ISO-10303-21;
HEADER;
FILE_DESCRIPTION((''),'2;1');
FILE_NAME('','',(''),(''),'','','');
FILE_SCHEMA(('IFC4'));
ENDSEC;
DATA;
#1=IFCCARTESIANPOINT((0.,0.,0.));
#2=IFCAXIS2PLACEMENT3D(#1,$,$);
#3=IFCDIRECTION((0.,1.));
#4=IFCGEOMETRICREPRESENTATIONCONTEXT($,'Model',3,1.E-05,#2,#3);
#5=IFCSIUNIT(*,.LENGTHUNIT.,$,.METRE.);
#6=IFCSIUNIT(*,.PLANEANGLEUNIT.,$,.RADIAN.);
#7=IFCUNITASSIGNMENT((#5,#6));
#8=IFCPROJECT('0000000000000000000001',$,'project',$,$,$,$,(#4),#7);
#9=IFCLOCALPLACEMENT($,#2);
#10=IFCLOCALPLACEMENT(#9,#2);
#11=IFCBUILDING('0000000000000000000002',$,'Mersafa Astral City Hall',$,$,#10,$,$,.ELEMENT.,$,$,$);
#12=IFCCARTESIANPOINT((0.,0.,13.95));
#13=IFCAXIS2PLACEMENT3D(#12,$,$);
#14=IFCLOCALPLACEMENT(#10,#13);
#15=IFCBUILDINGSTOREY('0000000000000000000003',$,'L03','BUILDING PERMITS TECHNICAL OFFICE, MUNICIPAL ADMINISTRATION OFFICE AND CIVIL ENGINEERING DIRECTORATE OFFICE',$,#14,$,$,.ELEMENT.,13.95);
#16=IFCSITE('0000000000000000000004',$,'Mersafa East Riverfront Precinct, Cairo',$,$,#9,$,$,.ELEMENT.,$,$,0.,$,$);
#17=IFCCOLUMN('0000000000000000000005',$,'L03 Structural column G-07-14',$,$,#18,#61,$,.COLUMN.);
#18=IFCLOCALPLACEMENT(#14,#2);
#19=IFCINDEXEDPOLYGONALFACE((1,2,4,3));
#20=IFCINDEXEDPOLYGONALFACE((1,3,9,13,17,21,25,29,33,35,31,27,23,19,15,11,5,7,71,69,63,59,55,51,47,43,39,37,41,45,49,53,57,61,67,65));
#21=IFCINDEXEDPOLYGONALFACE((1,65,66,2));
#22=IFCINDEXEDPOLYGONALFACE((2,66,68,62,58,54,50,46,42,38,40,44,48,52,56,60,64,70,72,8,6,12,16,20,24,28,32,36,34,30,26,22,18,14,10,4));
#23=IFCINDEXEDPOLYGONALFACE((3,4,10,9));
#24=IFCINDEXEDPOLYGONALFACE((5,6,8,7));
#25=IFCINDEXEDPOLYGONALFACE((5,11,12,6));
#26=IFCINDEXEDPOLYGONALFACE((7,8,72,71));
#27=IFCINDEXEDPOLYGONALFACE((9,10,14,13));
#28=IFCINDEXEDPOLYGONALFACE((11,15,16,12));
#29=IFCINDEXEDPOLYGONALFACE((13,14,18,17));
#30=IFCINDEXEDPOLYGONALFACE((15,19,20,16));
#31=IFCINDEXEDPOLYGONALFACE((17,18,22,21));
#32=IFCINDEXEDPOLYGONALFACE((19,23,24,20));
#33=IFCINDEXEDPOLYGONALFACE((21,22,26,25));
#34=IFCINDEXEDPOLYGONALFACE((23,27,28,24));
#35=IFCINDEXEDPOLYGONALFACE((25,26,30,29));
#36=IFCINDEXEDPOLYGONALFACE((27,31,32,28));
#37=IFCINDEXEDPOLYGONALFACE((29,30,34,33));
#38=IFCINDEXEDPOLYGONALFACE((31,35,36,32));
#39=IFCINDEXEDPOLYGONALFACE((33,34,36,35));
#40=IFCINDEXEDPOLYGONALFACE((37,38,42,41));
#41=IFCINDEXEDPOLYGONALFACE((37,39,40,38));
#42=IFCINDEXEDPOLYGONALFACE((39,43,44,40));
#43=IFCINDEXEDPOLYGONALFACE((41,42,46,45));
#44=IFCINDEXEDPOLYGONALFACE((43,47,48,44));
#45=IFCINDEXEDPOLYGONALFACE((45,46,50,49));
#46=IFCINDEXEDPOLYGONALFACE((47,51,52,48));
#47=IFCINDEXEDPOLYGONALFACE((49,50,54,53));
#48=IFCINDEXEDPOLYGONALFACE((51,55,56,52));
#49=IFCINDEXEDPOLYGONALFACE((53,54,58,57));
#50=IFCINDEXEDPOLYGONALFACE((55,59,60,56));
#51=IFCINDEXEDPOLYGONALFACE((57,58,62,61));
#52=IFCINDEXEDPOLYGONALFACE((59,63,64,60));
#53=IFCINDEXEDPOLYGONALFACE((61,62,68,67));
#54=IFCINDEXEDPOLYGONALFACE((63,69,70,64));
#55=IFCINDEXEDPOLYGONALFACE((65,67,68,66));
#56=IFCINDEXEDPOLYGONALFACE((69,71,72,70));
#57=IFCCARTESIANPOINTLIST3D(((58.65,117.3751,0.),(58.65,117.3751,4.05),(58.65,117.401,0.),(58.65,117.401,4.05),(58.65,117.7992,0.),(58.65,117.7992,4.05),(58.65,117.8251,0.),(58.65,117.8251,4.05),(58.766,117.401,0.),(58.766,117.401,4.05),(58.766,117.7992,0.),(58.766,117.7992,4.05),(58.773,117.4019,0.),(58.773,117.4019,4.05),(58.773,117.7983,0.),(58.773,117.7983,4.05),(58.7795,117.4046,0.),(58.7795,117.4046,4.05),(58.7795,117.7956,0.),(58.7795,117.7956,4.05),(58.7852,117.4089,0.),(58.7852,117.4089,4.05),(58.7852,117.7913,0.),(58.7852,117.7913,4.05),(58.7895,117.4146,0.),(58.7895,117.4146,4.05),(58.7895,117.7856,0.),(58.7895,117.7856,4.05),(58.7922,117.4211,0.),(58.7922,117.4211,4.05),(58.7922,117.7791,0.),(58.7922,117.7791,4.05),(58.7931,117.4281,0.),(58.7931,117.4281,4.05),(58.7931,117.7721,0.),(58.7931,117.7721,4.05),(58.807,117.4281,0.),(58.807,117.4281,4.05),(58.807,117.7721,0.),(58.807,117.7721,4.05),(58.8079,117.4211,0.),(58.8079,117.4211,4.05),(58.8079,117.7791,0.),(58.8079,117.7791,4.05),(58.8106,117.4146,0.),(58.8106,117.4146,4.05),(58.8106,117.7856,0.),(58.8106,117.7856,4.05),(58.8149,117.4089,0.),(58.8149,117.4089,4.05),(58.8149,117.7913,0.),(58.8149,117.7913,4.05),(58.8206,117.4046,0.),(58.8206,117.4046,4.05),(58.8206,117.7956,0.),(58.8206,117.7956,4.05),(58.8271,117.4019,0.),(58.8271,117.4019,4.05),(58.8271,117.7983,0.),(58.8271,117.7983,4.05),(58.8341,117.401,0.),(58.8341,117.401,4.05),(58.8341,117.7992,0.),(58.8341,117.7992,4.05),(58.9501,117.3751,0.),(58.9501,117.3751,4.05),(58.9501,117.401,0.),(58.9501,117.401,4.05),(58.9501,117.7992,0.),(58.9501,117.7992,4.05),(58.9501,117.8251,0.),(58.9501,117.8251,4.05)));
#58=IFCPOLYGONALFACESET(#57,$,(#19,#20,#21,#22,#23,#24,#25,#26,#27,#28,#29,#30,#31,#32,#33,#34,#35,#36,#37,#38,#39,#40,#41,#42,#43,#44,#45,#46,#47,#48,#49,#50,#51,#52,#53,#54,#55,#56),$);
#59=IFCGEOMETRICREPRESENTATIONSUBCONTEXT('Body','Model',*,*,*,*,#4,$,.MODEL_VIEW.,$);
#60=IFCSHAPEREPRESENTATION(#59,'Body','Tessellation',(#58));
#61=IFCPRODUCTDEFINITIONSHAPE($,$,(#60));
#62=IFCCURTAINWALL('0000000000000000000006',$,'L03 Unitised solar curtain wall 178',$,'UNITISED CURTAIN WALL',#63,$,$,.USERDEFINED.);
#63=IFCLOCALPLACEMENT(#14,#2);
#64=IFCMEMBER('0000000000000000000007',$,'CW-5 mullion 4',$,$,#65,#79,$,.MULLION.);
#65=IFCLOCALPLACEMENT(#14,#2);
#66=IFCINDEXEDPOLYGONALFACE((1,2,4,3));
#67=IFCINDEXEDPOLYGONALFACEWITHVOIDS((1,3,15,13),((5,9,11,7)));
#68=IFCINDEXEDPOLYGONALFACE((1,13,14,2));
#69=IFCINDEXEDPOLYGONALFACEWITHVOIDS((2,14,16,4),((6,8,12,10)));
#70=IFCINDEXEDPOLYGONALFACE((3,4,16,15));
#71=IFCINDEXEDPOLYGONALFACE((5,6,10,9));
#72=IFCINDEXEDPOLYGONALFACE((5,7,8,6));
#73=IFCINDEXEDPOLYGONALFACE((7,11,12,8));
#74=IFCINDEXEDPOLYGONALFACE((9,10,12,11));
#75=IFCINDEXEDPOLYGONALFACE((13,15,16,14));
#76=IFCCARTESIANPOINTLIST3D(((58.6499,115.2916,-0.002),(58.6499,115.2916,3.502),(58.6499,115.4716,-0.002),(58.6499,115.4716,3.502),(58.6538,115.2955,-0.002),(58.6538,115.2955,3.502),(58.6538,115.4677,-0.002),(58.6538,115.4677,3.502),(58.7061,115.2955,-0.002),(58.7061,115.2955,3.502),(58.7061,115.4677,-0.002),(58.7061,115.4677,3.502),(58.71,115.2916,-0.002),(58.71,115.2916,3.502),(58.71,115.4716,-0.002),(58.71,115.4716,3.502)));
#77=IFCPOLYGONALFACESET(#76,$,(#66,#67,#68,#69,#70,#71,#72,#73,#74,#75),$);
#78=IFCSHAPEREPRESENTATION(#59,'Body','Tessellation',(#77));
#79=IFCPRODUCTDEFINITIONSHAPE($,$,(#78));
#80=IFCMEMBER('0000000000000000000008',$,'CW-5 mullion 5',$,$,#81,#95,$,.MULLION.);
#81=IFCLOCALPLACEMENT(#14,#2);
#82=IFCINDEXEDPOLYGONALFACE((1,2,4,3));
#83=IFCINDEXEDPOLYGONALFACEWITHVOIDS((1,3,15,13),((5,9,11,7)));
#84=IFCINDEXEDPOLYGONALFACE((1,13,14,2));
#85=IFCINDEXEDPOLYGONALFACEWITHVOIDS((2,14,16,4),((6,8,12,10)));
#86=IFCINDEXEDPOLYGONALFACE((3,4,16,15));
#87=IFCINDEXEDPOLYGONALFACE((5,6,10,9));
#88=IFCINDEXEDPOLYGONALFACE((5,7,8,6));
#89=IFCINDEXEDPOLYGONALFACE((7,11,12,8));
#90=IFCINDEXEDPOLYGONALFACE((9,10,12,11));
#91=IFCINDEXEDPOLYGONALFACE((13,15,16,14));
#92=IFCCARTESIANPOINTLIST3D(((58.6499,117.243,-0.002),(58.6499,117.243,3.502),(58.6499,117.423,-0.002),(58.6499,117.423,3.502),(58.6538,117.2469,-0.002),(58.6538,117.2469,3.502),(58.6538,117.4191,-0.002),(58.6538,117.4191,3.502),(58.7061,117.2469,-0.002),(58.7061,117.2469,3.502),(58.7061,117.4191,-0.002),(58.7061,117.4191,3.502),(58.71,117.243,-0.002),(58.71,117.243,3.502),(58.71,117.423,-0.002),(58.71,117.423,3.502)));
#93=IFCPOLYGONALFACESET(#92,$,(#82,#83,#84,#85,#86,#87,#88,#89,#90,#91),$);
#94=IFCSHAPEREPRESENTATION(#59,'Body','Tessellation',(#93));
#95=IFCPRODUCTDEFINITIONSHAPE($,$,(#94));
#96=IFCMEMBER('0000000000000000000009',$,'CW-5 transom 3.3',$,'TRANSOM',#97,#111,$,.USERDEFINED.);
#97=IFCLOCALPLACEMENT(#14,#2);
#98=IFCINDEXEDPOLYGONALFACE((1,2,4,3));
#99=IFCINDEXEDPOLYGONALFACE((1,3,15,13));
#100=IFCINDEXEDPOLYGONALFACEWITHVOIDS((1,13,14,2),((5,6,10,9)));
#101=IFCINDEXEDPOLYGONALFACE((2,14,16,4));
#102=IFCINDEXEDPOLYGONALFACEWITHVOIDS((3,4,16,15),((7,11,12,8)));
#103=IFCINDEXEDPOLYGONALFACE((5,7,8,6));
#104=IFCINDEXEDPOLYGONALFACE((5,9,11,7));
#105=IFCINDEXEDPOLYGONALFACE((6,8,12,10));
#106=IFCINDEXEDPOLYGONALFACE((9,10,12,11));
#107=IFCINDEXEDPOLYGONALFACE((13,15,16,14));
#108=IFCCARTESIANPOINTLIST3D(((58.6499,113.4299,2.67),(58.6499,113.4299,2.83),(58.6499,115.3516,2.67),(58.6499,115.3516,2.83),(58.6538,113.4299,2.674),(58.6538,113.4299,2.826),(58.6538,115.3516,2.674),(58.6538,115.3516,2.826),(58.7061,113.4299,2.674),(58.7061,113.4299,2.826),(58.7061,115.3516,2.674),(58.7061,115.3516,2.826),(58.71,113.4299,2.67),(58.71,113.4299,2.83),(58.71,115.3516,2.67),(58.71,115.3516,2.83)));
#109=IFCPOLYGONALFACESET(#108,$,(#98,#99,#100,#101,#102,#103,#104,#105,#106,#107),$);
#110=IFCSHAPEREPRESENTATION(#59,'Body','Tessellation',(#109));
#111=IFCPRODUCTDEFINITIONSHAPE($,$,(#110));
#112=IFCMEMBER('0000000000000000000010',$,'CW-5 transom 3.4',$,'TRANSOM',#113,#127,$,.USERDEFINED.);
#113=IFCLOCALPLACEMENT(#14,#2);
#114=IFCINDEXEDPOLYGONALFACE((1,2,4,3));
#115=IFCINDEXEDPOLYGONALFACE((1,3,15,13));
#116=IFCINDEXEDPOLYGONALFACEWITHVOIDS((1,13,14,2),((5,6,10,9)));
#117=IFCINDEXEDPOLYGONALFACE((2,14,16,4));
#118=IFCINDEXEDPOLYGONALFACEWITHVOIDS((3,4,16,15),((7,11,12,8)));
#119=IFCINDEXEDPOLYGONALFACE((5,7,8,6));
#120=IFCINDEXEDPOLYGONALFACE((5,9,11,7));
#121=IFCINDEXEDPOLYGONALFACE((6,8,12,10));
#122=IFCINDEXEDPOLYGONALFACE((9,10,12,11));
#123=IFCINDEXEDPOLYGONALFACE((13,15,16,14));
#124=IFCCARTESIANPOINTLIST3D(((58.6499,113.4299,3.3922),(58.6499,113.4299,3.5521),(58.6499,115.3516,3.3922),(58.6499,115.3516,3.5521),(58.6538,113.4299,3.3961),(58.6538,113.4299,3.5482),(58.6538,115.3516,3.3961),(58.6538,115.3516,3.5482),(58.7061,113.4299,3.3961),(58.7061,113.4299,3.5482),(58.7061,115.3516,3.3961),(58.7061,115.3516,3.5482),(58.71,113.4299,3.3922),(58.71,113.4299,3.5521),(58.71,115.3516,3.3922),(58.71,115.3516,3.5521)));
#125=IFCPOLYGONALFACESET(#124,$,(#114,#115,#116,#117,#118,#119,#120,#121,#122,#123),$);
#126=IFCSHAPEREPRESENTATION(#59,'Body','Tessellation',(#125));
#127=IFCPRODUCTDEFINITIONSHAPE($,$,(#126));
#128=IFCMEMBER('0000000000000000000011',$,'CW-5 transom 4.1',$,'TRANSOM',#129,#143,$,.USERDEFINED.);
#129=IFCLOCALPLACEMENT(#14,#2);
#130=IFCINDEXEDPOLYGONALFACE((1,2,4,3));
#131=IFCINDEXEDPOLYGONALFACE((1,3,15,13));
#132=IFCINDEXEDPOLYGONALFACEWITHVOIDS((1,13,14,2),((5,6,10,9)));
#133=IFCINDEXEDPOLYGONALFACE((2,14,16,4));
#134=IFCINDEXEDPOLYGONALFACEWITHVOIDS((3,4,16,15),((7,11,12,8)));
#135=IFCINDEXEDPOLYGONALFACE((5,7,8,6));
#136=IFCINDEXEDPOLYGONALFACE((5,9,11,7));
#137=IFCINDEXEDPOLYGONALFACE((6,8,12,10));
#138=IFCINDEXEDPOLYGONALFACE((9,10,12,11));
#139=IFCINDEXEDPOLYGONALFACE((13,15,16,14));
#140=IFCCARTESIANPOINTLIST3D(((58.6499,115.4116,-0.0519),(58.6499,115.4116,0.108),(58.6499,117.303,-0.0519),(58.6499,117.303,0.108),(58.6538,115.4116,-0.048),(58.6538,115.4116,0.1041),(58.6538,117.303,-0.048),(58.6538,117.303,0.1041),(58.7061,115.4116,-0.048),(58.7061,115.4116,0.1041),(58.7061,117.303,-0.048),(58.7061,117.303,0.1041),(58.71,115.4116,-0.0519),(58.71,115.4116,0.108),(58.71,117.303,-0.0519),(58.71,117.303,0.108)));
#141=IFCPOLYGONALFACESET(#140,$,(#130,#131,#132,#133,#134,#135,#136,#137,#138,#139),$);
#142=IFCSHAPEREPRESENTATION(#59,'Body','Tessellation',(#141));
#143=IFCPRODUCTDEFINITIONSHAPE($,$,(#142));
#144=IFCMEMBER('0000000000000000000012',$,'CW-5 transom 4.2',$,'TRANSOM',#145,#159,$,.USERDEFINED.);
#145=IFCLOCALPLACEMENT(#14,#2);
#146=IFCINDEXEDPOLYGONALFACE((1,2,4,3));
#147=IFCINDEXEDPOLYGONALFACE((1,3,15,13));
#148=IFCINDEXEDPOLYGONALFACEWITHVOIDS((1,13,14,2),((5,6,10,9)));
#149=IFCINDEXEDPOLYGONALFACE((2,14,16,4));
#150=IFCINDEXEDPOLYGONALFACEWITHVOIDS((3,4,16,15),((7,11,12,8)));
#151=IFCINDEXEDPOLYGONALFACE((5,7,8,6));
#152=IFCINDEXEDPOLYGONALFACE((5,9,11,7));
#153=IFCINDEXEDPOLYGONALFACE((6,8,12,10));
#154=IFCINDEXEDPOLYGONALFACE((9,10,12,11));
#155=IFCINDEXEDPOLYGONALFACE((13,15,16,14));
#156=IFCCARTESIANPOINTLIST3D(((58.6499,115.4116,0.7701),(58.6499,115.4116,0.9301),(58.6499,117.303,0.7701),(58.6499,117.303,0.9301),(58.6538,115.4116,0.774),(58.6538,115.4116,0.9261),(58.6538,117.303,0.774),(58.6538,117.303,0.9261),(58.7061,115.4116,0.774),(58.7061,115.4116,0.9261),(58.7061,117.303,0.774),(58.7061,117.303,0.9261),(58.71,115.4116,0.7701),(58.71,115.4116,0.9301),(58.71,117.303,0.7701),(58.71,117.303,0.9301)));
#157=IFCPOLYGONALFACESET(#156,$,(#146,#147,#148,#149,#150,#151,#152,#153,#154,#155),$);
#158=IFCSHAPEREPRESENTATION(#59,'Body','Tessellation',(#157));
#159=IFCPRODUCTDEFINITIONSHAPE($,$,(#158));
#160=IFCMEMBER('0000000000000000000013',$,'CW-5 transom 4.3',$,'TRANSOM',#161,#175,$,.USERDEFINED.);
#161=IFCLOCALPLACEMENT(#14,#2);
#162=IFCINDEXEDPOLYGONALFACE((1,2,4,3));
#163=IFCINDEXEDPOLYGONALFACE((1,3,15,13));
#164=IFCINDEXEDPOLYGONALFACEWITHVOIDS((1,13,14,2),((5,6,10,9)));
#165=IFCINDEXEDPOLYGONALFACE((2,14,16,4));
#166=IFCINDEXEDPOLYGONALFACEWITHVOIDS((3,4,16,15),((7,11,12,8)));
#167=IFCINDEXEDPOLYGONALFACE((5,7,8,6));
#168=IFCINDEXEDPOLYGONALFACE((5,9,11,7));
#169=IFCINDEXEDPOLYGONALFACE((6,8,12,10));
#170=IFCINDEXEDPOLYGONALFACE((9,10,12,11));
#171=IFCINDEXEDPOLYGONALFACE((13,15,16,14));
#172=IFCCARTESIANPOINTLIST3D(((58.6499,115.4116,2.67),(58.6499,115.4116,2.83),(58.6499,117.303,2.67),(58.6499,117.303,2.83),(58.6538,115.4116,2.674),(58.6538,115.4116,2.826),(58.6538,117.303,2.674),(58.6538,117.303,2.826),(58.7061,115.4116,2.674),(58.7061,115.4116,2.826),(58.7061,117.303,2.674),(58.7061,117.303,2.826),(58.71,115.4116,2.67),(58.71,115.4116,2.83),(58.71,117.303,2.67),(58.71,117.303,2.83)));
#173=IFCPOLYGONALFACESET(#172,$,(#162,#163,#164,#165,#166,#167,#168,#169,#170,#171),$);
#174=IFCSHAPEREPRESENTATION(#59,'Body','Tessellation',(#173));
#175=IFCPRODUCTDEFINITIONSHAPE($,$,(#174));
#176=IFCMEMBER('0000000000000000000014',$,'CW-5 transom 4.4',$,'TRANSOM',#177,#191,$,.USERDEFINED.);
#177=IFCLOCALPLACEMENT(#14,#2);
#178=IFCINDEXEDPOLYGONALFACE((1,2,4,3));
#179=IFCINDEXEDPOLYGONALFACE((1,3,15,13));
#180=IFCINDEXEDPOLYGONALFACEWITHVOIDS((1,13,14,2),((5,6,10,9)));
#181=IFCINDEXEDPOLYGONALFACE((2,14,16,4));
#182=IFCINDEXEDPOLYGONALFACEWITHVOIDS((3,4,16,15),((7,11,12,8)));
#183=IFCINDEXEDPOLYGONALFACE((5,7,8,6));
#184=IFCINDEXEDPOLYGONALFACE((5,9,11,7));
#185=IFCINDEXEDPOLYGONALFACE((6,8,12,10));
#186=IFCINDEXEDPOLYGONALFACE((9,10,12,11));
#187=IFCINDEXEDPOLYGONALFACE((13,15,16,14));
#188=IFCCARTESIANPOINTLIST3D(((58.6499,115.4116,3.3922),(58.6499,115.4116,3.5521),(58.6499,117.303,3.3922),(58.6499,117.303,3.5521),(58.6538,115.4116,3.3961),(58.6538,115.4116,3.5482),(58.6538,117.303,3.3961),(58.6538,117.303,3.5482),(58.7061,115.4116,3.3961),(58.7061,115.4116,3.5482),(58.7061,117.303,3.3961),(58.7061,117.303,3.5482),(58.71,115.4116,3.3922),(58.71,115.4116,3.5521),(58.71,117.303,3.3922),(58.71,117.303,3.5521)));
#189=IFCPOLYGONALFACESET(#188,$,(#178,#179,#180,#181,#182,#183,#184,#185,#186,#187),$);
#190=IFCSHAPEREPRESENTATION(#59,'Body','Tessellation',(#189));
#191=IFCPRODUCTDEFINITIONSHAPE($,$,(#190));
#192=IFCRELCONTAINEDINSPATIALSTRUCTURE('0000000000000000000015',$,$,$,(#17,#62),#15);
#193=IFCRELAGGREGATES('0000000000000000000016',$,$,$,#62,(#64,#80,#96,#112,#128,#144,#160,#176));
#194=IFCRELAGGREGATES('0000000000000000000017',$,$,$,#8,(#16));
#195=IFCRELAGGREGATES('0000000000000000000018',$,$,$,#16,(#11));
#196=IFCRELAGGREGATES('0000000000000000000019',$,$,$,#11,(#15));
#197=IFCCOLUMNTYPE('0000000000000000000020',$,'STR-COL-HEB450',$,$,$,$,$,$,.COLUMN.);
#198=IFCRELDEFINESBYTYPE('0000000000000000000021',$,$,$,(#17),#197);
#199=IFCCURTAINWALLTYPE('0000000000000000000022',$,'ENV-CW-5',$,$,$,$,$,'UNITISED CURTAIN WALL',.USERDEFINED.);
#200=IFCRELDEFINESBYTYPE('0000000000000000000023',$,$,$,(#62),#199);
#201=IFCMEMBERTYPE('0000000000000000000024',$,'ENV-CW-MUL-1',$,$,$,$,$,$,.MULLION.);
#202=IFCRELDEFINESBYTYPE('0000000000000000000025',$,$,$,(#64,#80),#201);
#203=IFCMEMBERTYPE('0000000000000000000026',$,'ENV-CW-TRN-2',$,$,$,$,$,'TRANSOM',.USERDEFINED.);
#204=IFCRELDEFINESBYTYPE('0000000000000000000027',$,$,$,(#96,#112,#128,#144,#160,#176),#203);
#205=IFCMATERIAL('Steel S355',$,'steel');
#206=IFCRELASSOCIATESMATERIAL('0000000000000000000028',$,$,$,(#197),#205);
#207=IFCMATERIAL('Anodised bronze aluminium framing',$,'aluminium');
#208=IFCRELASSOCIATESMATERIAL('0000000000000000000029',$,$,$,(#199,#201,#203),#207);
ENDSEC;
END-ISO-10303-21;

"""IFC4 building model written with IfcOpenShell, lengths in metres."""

from ifc_helpers import new_model, si_unit, direction, frame, origin, origin_2d, place, context, subcontext, project, spatial, hollow_rectangle, i_section, extrude, material, material_profile, profile_set, type_object, element, aggregate, save


model = new_model("IFC4")

# Units and contexts
model_context = context("Model", 3, precision=1e-05, world=origin(), true_north=direction((0.0, 1.0)))
body_context = subcontext(model_context, "Body", "Model", "MODEL_VIEW")
ifc_project = project(units=[si_unit("LENGTHUNIT", "METRE"), si_unit("PLANEANGLEUNIT", "RADIAN")], contexts=[model_context])

# Site, building, storey
site_placement = place(None, origin())
site = spatial("IfcSite", under=ifc_project, at=site_placement, Name="Mersafa East Riverfront Precinct, Cairo", CompositionType="ELEMENT", RefElevation=0.0)
building_placement = place(site_placement, origin())
building = spatial("IfcBuilding", under=site, at=building_placement, Name="Mersafa Astral City Hall", CompositionType="ELEMENT")
storey_placement = place(building_placement, frame((0.0, 0.0, 13.95)))
storey = spatial("IfcBuildingStorey", under=building, at=storey_placement, Name="L03", Description="BUILDING PERMITS TECHNICAL OFFICE, MUNICIPAL ADMINISTRATION OFFICE AND CIVIL ENGINEERING DIRECTORATE OFFICE", CompositionType="ELEMENT", Elevation=13.95)

# Column
ifc_material_1 = material(Name="Steel S355", Category="steel")
ifc_material_profile_1 = material_profile(ifc_material_1, i_section(OverallWidth=0.3, OverallDepth=0.45, WebThickness=0.0139, FlangeThickness=0.0259, FilletRadius=0.0271, at=origin_2d()), Name="HEB 450")
ifc_profile_set_1 = profile_set([ifc_material_profile_1], Name="Steel S355")
column_type = type_object("IfcColumnType", Name="STR-COL-HEB450", PredefinedType="COLUMN", material=ifc_profile_set_1)
column_placement = place(storey_placement, frame((58.8, 117.6001, 0.0), z_axis=(0.0, 0.0, 1.0), x_axis=(1.0, 0.0, 0.0)))
element("IfcColumn", 1, at=column_placement, inside=storey, type_object=column_type, Name="L03 Structural column G-07-14", PredefinedType="COLUMN", context=body_context, shape_type="SweptSolid", body=[
    extrude(i_section(OverallWidth=0.3, OverallDepth=0.45, WebThickness=0.0139, FlangeThickness=0.0259, FilletRadius=0.0271, at=origin_2d()), origin(), (0.0, 0.0, 1.0), 4.05),
])

# Curtain wall, members
ifc_material_2 = material(Name="Anodised bronze aluminium framing", Category="aluminium")
curtain_wall_type = type_object("IfcCurtainWallType", Name="ENV-CW-5", ElementType="UNITISED CURTAIN WALL", PredefinedType="USERDEFINED", material=ifc_material_2)
curtain_wall_placement = place(storey_placement, origin())
curtain_wall = element("IfcCurtainWall", 2, at=curtain_wall_placement, inside=storey, type_object=curtain_wall_type, Name="L03 Unitised solar curtain wall 178", ObjectType="UNITISED CURTAIN WALL", PredefinedType="USERDEFINED")
ifc_material_profile_2 = material_profile(ifc_material_2, hollow_rectangle(XDim=0.0601, YDim=0.1799, WallThickness=0.0039, at=origin_2d()), Name="RHS 60x180x4")
ifc_profile_set_2 = profile_set([ifc_material_profile_2], Name="Anodised bronze aluminium framing")
member_type_1 = type_object("IfcMemberType", Name="ENV-CW-MUL-1", PredefinedType="MULLION", material=ifc_profile_set_2)
member_1_placement = place(storey_placement, frame((58.6799, 115.3816, -0.002), z_axis=(0.0, 0.0, 1.0), x_axis=(-1.0, 0.0, 0.0)))
member_1 = element("IfcMember", 3, at=member_1_placement, type_object=member_type_1, Name="CW-5 mullion 4", PredefinedType="MULLION", context=body_context, shape_type="SweptSolid", body=[
    extrude(hollow_rectangle(XDim=0.0601, YDim=0.1799, WallThickness=0.0039, at=origin_2d()), origin(), (0.0, 0.0, 1.0), 3.5039),
])
member_2_placement = place(storey_placement, frame((58.6799, 117.333, -0.002), z_axis=(0.0, 0.0, 1.0), x_axis=(-1.0, 0.0, 0.0)))
member_2 = element("IfcMember", 4, at=member_2_placement, type_object=member_type_1, Name="CW-5 mullion 5", PredefinedType="MULLION", context=body_context, shape_type="SweptSolid", body=[
    extrude(hollow_rectangle(XDim=0.0601, YDim=0.1799, WallThickness=0.0039, at=origin_2d()), origin(), (0.0, 0.0, 1.0), 3.5039),
])
ifc_material_profile_3 = material_profile(ifc_material_2, hollow_rectangle(XDim=0.0601, YDim=0.1599, WallThickness=0.0039, at=origin_2d()), Name="RHS 60x160x4")
ifc_profile_set_3 = profile_set([ifc_material_profile_3], Name="Anodised bronze aluminium framing")
member_type_2 = type_object("IfcMemberType", Name="ENV-CW-TRN-2", ElementType="TRANSOM", PredefinedType="USERDEFINED", material=ifc_profile_set_3)
member_3_placement = place(storey_placement, frame((58.6799, 113.4299, 2.75), z_axis=(0.0, 1.0, 0.0), x_axis=(-1.0, 0.0, 0.0)))
member_3 = element("IfcMember", 5, at=member_3_placement, type_object=member_type_2, Name="CW-5 transom 3.3", ObjectType="TRANSOM", PredefinedType="USERDEFINED", context=body_context, shape_type="SweptSolid", body=[
    extrude(hollow_rectangle(XDim=0.0601, YDim=0.1599, WallThickness=0.0039, at=origin_2d()), origin(), (0.0, 0.0, 1.0), 1.9216),
])
member_4_placement = place(storey_placement, frame((58.6799, 113.4299, 3.4722), z_axis=(0.0, 1.0, 0.0), x_axis=(-1.0, 0.0, 0.0)))
member_4 = element("IfcMember", 6, at=member_4_placement, type_object=member_type_2, Name="CW-5 transom 3.4", ObjectType="TRANSOM", PredefinedType="USERDEFINED", context=body_context, shape_type="SweptSolid", body=[
    extrude(hollow_rectangle(XDim=0.0601, YDim=0.1599, WallThickness=0.0039, at=origin_2d()), origin(), (0.0, 0.0, 1.0), 1.9216),
])
member_5_placement = place(storey_placement, frame((58.6799, 115.4116, 0.0281), z_axis=(0.0, 1.0, 0.0), x_axis=(-1.0, 0.0, 0.0)))
member_5 = element("IfcMember", 7, at=member_5_placement, type_object=member_type_2, Name="CW-5 transom 4.1", ObjectType="TRANSOM", PredefinedType="USERDEFINED", context=body_context, shape_type="SweptSolid", body=[
    extrude(hollow_rectangle(XDim=0.0601, YDim=0.1599, WallThickness=0.0039, at=origin_2d()), origin(), (0.0, 0.0, 1.0), 1.8914),
])
member_6_placement = place(storey_placement, frame((58.6799, 115.4116, 0.8501), z_axis=(0.0, 1.0, 0.0), x_axis=(-1.0, 0.0, 0.0)))
member_6 = element("IfcMember", 8, at=member_6_placement, type_object=member_type_2, Name="CW-5 transom 4.2", ObjectType="TRANSOM", PredefinedType="USERDEFINED", context=body_context, shape_type="SweptSolid", body=[
    extrude(hollow_rectangle(XDim=0.0601, YDim=0.1599, WallThickness=0.0039, at=origin_2d()), origin(), (0.0, 0.0, 1.0), 1.8914),
])
member_7_placement = place(storey_placement, frame((58.6799, 115.4116, 2.75), z_axis=(0.0, 1.0, 0.0), x_axis=(-1.0, 0.0, 0.0)))
member_7 = element("IfcMember", 9, at=member_7_placement, type_object=member_type_2, Name="CW-5 transom 4.3", ObjectType="TRANSOM", PredefinedType="USERDEFINED", context=body_context, shape_type="SweptSolid", body=[
    extrude(hollow_rectangle(XDim=0.0601, YDim=0.1599, WallThickness=0.0039, at=origin_2d()), origin(), (0.0, 0.0, 1.0), 1.8914),
])
member_8_placement = place(storey_placement, frame((58.6799, 115.4116, 3.4722), z_axis=(0.0, 1.0, 0.0), x_axis=(-1.0, 0.0, 0.0)))
member_8 = element("IfcMember", 10, at=member_8_placement, type_object=member_type_2, Name="CW-5 transom 4.4", ObjectType="TRANSOM", PredefinedType="USERDEFINED", context=body_context, shape_type="SweptSolid", body=[
    extrude(hollow_rectangle(XDim=0.0601, YDim=0.1599, WallThickness=0.0039, at=origin_2d()), origin(), (0.0, 0.0, 1.0), 1.8914),
])

aggregate(curtain_wall, [member_1, member_2, member_3, member_4, member_5, member_6, member_7, member_8])

save(model, "model.ifc")
